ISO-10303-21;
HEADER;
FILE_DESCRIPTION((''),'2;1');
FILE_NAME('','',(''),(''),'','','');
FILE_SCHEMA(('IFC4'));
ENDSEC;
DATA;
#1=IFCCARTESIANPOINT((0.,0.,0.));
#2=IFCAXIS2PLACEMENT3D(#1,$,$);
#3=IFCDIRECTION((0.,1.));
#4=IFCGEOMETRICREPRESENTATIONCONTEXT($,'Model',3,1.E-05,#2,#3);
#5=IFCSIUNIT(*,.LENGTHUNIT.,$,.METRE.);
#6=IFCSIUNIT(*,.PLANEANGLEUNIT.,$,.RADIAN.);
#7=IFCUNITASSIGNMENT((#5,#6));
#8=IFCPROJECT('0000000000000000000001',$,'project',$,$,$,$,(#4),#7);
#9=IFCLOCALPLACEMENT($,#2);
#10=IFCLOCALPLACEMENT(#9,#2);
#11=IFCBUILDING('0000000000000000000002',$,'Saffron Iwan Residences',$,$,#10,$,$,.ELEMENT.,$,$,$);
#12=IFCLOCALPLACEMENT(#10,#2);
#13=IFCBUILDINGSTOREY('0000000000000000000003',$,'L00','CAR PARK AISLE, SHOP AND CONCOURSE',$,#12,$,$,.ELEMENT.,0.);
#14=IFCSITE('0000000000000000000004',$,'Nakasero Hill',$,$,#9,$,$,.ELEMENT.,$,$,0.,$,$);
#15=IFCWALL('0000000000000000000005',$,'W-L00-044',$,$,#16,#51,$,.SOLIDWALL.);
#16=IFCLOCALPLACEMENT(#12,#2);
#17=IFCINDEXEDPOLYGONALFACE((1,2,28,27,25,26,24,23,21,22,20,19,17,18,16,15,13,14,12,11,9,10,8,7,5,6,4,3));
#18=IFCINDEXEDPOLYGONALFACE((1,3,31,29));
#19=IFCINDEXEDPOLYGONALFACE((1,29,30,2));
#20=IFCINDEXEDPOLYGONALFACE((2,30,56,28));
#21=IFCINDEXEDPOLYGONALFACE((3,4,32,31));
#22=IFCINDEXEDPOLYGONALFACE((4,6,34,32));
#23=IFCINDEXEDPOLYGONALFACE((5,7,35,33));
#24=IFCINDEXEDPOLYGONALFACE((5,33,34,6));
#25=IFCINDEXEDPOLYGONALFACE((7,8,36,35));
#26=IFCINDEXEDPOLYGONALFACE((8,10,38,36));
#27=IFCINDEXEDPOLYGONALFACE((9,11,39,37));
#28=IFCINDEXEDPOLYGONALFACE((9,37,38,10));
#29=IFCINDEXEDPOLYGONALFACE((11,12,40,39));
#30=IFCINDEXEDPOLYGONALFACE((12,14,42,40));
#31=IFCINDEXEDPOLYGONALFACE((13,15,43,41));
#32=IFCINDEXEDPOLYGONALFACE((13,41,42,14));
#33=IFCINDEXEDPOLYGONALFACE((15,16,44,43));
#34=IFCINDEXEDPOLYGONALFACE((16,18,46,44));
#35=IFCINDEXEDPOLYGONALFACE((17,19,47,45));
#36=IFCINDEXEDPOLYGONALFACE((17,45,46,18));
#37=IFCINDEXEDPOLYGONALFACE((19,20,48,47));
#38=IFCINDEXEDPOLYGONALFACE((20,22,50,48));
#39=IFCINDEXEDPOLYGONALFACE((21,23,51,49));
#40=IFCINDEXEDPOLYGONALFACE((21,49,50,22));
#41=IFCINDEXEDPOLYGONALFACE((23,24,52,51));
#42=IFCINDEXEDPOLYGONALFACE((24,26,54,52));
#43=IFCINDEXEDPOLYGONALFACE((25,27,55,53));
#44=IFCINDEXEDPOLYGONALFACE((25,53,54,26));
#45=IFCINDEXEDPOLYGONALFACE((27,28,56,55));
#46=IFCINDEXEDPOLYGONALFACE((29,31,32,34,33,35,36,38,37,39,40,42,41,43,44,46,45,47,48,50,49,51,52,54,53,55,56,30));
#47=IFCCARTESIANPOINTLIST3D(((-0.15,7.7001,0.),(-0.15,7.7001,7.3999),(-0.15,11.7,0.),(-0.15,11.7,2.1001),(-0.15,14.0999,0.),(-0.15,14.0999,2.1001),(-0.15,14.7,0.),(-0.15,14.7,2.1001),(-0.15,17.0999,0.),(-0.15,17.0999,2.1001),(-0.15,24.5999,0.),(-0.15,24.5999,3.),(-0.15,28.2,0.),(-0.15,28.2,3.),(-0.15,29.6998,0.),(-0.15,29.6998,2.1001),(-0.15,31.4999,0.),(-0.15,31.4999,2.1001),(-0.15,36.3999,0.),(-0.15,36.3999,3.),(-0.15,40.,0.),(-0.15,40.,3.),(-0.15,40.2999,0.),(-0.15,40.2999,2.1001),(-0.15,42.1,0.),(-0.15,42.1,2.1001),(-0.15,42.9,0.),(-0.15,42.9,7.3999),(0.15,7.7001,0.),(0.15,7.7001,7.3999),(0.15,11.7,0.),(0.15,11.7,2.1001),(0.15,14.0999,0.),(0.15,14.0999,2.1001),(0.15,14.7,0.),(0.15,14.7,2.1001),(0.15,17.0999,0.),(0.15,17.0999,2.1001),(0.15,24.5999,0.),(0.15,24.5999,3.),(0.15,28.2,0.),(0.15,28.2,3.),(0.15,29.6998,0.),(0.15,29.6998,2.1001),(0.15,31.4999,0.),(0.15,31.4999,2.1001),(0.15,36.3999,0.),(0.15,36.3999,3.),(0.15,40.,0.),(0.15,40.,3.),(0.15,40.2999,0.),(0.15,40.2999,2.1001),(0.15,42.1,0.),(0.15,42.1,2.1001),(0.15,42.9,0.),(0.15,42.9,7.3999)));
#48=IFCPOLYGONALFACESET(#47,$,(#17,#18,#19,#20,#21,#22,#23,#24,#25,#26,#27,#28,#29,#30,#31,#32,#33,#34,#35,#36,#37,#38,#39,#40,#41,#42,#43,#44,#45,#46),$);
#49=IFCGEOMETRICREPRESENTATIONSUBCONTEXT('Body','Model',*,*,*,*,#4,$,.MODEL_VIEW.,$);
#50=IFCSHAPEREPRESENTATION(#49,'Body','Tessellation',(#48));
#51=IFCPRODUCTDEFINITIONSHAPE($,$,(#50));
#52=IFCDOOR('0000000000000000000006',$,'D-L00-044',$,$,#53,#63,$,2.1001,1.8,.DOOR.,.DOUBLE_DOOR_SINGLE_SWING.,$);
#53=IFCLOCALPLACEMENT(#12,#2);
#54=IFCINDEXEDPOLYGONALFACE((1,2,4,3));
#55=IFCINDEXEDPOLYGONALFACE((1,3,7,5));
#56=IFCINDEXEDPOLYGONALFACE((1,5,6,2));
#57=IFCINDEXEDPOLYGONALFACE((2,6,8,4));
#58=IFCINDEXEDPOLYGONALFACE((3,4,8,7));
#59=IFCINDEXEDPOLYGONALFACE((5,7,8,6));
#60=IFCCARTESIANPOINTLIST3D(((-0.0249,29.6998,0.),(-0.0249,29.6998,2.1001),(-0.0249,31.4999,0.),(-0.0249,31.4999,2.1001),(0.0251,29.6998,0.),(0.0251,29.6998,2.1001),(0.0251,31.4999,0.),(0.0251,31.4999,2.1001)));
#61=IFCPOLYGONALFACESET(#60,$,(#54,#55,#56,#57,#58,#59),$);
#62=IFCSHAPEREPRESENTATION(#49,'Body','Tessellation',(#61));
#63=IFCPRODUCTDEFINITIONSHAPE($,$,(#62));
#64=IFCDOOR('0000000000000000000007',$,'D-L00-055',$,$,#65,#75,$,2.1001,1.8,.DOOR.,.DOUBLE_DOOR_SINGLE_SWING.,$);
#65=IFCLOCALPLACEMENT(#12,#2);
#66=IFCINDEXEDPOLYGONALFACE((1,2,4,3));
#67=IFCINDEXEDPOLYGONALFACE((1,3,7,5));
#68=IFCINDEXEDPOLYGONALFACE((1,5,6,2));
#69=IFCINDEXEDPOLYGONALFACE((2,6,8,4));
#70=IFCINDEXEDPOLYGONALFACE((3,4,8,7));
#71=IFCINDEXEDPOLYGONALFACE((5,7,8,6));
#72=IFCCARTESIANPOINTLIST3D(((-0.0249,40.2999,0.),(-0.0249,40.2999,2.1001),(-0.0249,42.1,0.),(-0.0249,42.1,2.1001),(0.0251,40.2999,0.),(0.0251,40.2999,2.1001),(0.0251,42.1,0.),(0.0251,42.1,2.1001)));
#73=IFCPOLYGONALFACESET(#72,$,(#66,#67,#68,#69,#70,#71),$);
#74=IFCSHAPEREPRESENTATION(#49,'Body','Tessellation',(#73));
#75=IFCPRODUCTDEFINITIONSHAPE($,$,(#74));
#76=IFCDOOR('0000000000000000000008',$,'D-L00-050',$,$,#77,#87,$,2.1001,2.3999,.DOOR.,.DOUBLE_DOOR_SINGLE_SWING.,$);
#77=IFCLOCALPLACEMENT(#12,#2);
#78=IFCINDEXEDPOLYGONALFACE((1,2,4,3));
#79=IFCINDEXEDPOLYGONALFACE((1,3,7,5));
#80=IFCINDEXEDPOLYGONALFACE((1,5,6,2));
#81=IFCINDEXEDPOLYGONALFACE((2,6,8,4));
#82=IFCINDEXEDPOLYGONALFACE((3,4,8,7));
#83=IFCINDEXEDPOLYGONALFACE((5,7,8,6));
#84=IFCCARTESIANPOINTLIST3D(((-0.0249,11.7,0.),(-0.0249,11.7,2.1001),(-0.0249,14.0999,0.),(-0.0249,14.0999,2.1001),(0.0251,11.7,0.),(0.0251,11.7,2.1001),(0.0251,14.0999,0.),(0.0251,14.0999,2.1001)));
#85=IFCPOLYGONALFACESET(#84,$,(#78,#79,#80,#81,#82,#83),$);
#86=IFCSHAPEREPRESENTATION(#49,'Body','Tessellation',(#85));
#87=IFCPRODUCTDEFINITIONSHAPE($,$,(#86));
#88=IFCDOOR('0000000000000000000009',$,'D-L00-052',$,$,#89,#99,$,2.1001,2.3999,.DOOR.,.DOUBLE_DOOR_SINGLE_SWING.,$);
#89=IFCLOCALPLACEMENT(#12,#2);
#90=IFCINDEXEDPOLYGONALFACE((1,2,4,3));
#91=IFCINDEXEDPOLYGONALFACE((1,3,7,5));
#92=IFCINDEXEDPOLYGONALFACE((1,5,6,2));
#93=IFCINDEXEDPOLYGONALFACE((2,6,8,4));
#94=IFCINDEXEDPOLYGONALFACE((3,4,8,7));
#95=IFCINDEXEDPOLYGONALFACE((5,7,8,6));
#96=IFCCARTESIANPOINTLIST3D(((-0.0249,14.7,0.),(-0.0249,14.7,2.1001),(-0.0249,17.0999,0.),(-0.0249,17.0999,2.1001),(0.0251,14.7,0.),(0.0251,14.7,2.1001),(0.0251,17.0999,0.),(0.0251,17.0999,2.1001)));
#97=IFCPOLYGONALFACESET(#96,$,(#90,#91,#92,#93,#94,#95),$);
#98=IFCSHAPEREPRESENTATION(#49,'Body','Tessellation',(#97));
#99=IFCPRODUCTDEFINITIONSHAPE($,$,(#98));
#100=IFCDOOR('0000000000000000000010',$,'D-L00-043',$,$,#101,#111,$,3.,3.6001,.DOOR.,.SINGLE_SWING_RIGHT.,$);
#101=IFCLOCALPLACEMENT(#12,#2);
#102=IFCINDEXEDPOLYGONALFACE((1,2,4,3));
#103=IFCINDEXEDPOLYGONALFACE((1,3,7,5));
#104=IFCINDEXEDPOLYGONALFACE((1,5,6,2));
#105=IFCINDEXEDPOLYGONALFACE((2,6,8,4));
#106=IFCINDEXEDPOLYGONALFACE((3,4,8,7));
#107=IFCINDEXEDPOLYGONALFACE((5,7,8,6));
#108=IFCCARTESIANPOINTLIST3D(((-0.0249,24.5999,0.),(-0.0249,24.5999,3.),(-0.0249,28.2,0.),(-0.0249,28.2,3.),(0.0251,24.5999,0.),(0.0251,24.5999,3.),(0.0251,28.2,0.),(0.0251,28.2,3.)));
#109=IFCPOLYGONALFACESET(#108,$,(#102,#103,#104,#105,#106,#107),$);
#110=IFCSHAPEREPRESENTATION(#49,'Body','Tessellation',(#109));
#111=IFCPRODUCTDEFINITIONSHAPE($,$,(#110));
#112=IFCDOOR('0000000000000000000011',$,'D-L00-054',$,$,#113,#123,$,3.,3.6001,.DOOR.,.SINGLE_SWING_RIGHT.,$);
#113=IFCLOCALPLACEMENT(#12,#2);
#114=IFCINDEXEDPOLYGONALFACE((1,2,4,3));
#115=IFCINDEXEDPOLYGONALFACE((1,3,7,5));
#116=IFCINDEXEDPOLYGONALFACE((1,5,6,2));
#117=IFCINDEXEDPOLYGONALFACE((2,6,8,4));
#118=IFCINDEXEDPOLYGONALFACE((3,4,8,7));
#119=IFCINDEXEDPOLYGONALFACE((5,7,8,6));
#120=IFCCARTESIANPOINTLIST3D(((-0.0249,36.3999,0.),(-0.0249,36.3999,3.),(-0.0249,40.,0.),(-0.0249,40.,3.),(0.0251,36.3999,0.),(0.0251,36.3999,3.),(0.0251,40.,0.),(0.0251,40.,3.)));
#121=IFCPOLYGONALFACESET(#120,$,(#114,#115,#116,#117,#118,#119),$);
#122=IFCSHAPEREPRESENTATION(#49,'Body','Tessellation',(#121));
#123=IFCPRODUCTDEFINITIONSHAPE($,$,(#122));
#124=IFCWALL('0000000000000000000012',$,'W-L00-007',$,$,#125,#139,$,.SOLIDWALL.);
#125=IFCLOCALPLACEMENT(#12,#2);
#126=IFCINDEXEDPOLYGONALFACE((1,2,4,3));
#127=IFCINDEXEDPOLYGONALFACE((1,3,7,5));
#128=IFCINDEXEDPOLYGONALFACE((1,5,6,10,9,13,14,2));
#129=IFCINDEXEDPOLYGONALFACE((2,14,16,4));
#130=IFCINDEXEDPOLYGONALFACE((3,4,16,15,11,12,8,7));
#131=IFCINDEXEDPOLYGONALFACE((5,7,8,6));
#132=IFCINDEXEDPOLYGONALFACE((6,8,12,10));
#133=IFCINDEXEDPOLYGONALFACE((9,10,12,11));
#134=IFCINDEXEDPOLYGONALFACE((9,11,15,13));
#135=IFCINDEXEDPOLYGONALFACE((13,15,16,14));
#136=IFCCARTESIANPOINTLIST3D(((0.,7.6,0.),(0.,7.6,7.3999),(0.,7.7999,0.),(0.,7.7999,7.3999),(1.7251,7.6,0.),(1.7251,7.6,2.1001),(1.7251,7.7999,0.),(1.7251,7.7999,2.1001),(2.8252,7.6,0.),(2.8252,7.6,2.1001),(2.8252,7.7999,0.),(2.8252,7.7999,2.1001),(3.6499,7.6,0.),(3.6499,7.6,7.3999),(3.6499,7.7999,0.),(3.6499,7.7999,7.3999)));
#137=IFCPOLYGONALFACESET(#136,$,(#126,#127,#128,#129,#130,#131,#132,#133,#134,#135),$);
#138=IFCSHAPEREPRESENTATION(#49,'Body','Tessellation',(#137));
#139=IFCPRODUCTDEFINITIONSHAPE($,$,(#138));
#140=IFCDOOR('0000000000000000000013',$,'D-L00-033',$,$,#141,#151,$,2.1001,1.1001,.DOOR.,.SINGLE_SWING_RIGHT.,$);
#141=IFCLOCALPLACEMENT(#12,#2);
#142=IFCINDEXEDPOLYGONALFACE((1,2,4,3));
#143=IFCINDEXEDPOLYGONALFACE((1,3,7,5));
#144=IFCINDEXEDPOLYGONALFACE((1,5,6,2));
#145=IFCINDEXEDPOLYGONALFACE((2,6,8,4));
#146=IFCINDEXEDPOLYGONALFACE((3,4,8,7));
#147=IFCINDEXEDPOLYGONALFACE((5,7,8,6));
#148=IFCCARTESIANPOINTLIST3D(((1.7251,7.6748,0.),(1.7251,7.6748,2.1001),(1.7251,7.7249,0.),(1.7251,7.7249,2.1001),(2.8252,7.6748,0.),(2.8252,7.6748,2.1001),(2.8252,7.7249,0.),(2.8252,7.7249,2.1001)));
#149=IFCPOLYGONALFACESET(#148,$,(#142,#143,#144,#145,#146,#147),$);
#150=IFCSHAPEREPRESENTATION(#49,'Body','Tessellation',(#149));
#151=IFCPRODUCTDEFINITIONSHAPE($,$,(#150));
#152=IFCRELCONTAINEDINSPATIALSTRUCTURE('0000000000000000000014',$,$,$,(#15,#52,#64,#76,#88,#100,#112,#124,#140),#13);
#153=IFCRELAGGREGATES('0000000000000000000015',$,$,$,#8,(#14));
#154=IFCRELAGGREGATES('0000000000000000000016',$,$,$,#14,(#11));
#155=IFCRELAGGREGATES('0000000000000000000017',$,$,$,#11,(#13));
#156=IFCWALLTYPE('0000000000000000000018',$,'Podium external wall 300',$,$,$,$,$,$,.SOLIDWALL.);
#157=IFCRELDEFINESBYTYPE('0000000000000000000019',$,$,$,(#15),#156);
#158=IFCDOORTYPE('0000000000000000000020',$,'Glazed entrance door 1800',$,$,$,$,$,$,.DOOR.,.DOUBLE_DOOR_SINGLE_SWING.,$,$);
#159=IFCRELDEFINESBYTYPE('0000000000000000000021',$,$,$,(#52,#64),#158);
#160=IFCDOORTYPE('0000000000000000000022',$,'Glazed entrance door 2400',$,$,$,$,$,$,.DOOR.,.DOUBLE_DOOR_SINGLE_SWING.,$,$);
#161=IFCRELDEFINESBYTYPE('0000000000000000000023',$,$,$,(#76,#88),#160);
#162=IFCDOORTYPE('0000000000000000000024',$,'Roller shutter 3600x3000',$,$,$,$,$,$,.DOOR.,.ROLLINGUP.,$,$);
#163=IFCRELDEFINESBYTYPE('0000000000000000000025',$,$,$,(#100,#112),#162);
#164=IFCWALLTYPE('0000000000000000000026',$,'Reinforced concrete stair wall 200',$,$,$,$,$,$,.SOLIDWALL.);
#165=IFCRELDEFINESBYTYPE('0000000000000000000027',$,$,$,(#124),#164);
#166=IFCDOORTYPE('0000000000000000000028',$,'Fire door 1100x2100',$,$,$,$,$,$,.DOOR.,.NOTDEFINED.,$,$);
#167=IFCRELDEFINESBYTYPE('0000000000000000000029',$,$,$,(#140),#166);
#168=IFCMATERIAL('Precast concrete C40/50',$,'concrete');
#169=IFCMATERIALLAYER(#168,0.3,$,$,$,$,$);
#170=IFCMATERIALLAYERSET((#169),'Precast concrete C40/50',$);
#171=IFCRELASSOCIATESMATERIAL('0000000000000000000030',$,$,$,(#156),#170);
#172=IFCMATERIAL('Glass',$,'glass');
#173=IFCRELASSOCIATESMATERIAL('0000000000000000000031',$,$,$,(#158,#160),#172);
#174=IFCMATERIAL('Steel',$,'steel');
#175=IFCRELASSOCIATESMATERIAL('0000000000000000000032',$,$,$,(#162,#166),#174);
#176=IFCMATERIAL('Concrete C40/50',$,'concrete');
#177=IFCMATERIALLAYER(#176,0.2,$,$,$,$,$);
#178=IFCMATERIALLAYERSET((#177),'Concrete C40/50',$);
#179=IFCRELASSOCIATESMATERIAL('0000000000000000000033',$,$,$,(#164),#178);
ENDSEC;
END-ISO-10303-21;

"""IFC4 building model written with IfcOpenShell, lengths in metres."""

from ifc_helpers import new_model, si_unit, direction, frame, frame_2d, origin, place, context, subcontext, project, spatial, rectangle, extrude, material, layer, layer_set, type_object, element, fill, save


model = new_model("IFC4")

# Units and contexts
model_context = context("Model", 3, precision=1e-05, world=origin(), true_north=direction((0.0, 1.0)))
body_context = subcontext(model_context, "Body", "Model", "MODEL_VIEW")
ifc_project = project(units=[si_unit("LENGTHUNIT", "METRE"), si_unit("PLANEANGLEUNIT", "RADIAN")], contexts=[model_context])

# Site, building, storey
site_placement = place(None, origin())
site = spatial("IfcSite", under=ifc_project, at=site_placement, Name="Nakasero Hill", CompositionType="ELEMENT", RefElevation=0.0)
building_placement = place(site_placement, origin())
building = spatial("IfcBuilding", under=site, at=building_placement, Name="Saffron Iwan Residences", CompositionType="ELEMENT")
storey_placement = place(building_placement, origin())
storey = spatial("IfcBuildingStorey", under=building, at=storey_placement, Name="L00", Description="CAR PARK AISLE, SHOP AND CONCOURSE", CompositionType="ELEMENT", Elevation=0.0)

# Wall, openings, doors
ifc_material_1 = material(Name="Concrete C40/50", Category="concrete")
ifc_material_2 = material(Name="Steel", Category="steel")
ifc_material_3 = material(Name="Precast concrete C40/50", Category="concrete")
ifc_layer_1 = layer(ifc_material_3, 0.3)
ifc_layer_set_1 = layer_set([ifc_layer_1], Name="Precast concrete C40/50")
wall_type_1 = type_object("IfcWallType", Name="Podium external wall 300", PredefinedType="SOLIDWALL", material=ifc_layer_set_1)
wall_1_placement = place(storey_placement, frame((0.0, 7.7, 0.0), z_axis=(0.0, 0.0, 1.0), x_axis=(0.0, 1.0, 0.0)))
wall_1 = element("IfcWall", 1, at=wall_1_placement, inside=storey, type_object=wall_type_1, Name="W-L00-044", PredefinedType="SOLIDWALL", context=body_context, shape_type="SweptSolid", body=[
    extrude(rectangle(XDim=35.2, YDim=0.3, at=frame_2d((17.6001, 0.0))), origin(), (0.0, 0.0, 1.0), 7.3999),
])
opening_1_placement = place(wall_1_placement, frame((16.8999, 0.0, 0.0)))
opening_1 = element("IfcOpeningElement", 2, at=opening_1_placement, cuts=wall_1, PredefinedType="OPENING", context=body_context, shape_type="SweptSolid", body=[
    extrude(rectangle(XDim=3.6001, YDim=3.0, at=frame_2d((1.8, 1.5))), frame((0.0, 0.1602, 0.0), z_axis=(0.0, -1.0, 0.0), x_axis=(1.0, 0.0, 0.0)), (0.0, 0.0, 1.0), 0.3201),
])
opening_2_placement = place(wall_1_placement, frame((22.0, 0.0, 0.0)))
opening_2 = element("IfcOpeningElement", 3, at=opening_2_placement, cuts=wall_1, PredefinedType="OPENING", context=body_context, shape_type="SweptSolid", body=[
    extrude(rectangle(XDim=1.8, YDim=2.1001, at=frame_2d((0.8999, 1.05))), frame((0.0, 0.1602, 0.0), z_axis=(0.0, -1.0, 0.0), x_axis=(1.0, 0.0, 0.0)), (0.0, 0.0, 1.0), 0.3201),
])
opening_3_placement = place(wall_1_placement, frame((4.0, 0.0, 0.0)))
opening_3 = element("IfcOpeningElement", 4, at=opening_3_placement, cuts=wall_1, PredefinedType="OPENING", context=body_context, shape_type="SweptSolid", body=[
    extrude(rectangle(XDim=2.3999, YDim=2.1001, at=frame_2d((1.2, 1.05))), frame((0.0, 0.1602, 0.0), z_axis=(0.0, -1.0, 0.0), x_axis=(1.0, 0.0, 0.0)), (0.0, 0.0, 1.0), 0.3201),
])
opening_4_placement = place(wall_1_placement, frame((7.0, 0.0, 0.0)))
opening_4 = element("IfcOpeningElement", 5, at=opening_4_placement, cuts=wall_1, PredefinedType="OPENING", context=body_context, shape_type="SweptSolid", body=[
    extrude(rectangle(XDim=2.3999, YDim=2.1001, at=frame_2d((1.2, 1.05))), frame((0.0, 0.1602, 0.0), z_axis=(0.0, -1.0, 0.0), x_axis=(1.0, 0.0, 0.0)), (0.0, 0.0, 1.0), 0.3201),
])
opening_5_placement = place(wall_1_placement, frame((28.7, 0.0, 0.0)))
opening_5 = element("IfcOpeningElement", 6, at=opening_5_placement, cuts=wall_1, PredefinedType="OPENING", context=body_context, shape_type="SweptSolid", body=[
    extrude(rectangle(XDim=3.6001, YDim=3.0, at=frame_2d((1.8, 1.5))), frame((0.0, 0.1602, 0.0), z_axis=(0.0, -1.0, 0.0), x_axis=(1.0, 0.0, 0.0)), (0.0, 0.0, 1.0), 0.3201),
])
opening_6_placement = place(wall_1_placement, frame((32.6001, 0.0, 0.0)))
opening_6 = element("IfcOpeningElement", 7, at=opening_6_placement, cuts=wall_1, PredefinedType="OPENING", context=body_context, shape_type="SweptSolid", body=[
    extrude(rectangle(XDim=1.8, YDim=2.1001, at=frame_2d((0.8999, 1.05))), frame((0.0, 0.1602, 0.0), z_axis=(0.0, -1.0, 0.0), x_axis=(1.0, 0.0, 0.0)), (0.0, 0.0, 1.0), 0.3201),
])
ifc_material_4 = material(Name="Glass", Category="glass")
door_type_1 = type_object("IfcDoorType", Name="Glazed entrance door 1800", OperationType="DOUBLE_DOOR_SINGLE_SWING", PredefinedType="DOOR", material=ifc_material_4)
door_1_placement = place(opening_2_placement, origin())
door_1 = element("IfcDoor", 8, at=door_1_placement, inside=storey, type_object=door_type_1, Name="D-L00-044", OperationType="DOUBLE_DOOR_SINGLE_SWING", OverallHeight=2.1001, OverallWidth=1.8, PredefinedType="DOOR", context=body_context, shape_type="SweptSolid", body=[
    extrude(rectangle(XDim=1.8, YDim=2.1001, at=frame_2d((0.8999, 1.05))), frame((0.0, 0.0249, 0.0), z_axis=(0.0, -1.0, 0.0), x_axis=(1.0, 0.0, 0.0)), (0.0, 0.0, 1.0), 0.05),
])
fill(opening_2, door_1)
door_2_placement = place(opening_6_placement, origin())
door_2 = element("IfcDoor", 9, at=door_2_placement, inside=storey, type_object=door_type_1, Name="D-L00-055", OperationType="DOUBLE_DOOR_SINGLE_SWING", OverallHeight=2.1001, OverallWidth=1.8, PredefinedType="DOOR", context=body_context, shape_type="SweptSolid", body=[
    extrude(rectangle(XDim=1.8, YDim=2.1001, at=frame_2d((0.8999, 1.05))), frame((0.0, 0.0249, 0.0), z_axis=(0.0, -1.0, 0.0), x_axis=(1.0, 0.0, 0.0)), (0.0, 0.0, 1.0), 0.05),
])
fill(opening_6, door_2)
door_type_2 = type_object("IfcDoorType", Name="Glazed entrance door 2400", OperationType="DOUBLE_DOOR_SINGLE_SWING", PredefinedType="DOOR", material=ifc_material_4)
door_3_placement = place(opening_3_placement, origin())
door_3 = element("IfcDoor", 10, at=door_3_placement, inside=storey, type_object=door_type_2, Name="D-L00-050", OperationType="DOUBLE_DOOR_SINGLE_SWING", OverallHeight=2.1001, OverallWidth=2.3999, PredefinedType="DOOR", context=body_context, shape_type="SweptSolid", body=[
    extrude(rectangle(XDim=2.3999, YDim=2.1001, at=frame_2d((1.2, 1.05))), frame((0.0, 0.0249, 0.0), z_axis=(0.0, -1.0, 0.0), x_axis=(1.0, 0.0, 0.0)), (0.0, 0.0, 1.0), 0.05),
])
fill(opening_3, door_3)
door_4_placement = place(opening_4_placement, origin())
door_4 = element("IfcDoor", 11, at=door_4_placement, inside=storey, type_object=door_type_2, Name="D-L00-052", OperationType="DOUBLE_DOOR_SINGLE_SWING", OverallHeight=2.1001, OverallWidth=2.3999, PredefinedType="DOOR", context=body_context, shape_type="SweptSolid", body=[
    extrude(rectangle(XDim=2.3999, YDim=2.1001, at=frame_2d((1.2, 1.05))), frame((0.0, 0.0249, 0.0), z_axis=(0.0, -1.0, 0.0), x_axis=(1.0, 0.0, 0.0)), (0.0, 0.0, 1.0), 0.05),
])
fill(opening_4, door_4)
door_type_3 = type_object("IfcDoorType", Name="Roller shutter 3600x3000", OperationType="ROLLINGUP", PredefinedType="DOOR", material=ifc_material_2)
door_5_placement = place(opening_1_placement, origin())
door_5 = element("IfcDoor", 12, at=door_5_placement, inside=storey, type_object=door_type_3, Name="D-L00-043", OperationType="SINGLE_SWING_RIGHT", OverallHeight=3.0, OverallWidth=3.6001, PredefinedType="DOOR", context=body_context, shape_type="SweptSolid", body=[
    extrude(rectangle(XDim=3.6001, YDim=3.0, at=frame_2d((1.8, 1.5))), frame((0.0, 0.0249, 0.0), z_axis=(0.0, -1.0, 0.0), x_axis=(1.0, 0.0, 0.0)), (0.0, 0.0, 1.0), 0.05),
])
fill(opening_1, door_5)
door_6_placement = place(opening_5_placement, origin())
door_6 = element("IfcDoor", 13, at=door_6_placement, inside=storey, type_object=door_type_3, Name="D-L00-054", OperationType="SINGLE_SWING_RIGHT", OverallHeight=3.0, OverallWidth=3.6001, PredefinedType="DOOR", context=body_context, shape_type="SweptSolid", body=[
    extrude(rectangle(XDim=3.6001, YDim=3.0, at=frame_2d((1.8, 1.5))), frame((0.0, 0.0249, 0.0), z_axis=(0.0, -1.0, 0.0), x_axis=(1.0, 0.0, 0.0)), (0.0, 0.0, 1.0), 0.05),
])
fill(opening_5, door_6)

# Wall, opening, door
ifc_layer_2 = layer(ifc_material_1, 0.2)
ifc_layer_set_2 = layer_set([ifc_layer_2], Name="Concrete C40/50")
wall_type_2 = type_object("IfcWallType", Name="Reinforced concrete stair wall 200", PredefinedType="SOLIDWALL", material=ifc_layer_set_2)
wall_2_placement = place(storey_placement, frame((0.0, 7.7, 0.0), z_axis=(0.0, 0.0, 1.0), x_axis=(1.0, 0.0, 0.0)))
wall_2 = element("IfcWall", 14, at=wall_2_placement, inside=storey, type_object=wall_type_2, Name="W-L00-007", PredefinedType="SOLIDWALL", context=body_context, shape_type="SweptSolid", body=[
    extrude(rectangle(XDim=3.6499, YDim=0.2, at=frame_2d((1.825, 0.0))), origin(), (0.0, 0.0, 1.0), 7.3999),
])
opening_7_placement = place(wall_2_placement, frame((1.7251, 0.0, 0.0)))
opening_7 = element("IfcOpeningElement", 15, at=opening_7_placement, cuts=wall_2, PredefinedType="OPENING", context=body_context, shape_type="SweptSolid", body=[
    extrude(rectangle(XDim=1.1001, YDim=2.1001, at=frame_2d((0.55, 1.05))), frame((0.0, 0.1099, 0.0), z_axis=(0.0, -1.0, 0.0), x_axis=(1.0, 0.0, 0.0)), (0.0, 0.0, 1.0), 0.22),
])
door_type_4 = type_object("IfcDoorType", Name="Fire door 1100x2100", OperationType="NOTDEFINED", PredefinedType="DOOR", material=ifc_material_2)
door_7_placement = place(opening_7_placement, origin())
door_7 = element("IfcDoor", 16, at=door_7_placement, inside=storey, type_object=door_type_4, Name="D-L00-033", OperationType="SINGLE_SWING_RIGHT", OverallHeight=2.1001, OverallWidth=1.1001, PredefinedType="DOOR", context=body_context, shape_type="SweptSolid", body=[
    extrude(rectangle(XDim=1.1001, YDim=2.1001, at=frame_2d((0.55, 1.05))), frame((0.0, 0.0249, 0.0), z_axis=(0.0, -1.0, 0.0), x_axis=(1.0, 0.0, 0.0)), (0.0, 0.0, 1.0), 0.05),
])
fill(opening_7, door_7)

save(model, "model.ifc")
